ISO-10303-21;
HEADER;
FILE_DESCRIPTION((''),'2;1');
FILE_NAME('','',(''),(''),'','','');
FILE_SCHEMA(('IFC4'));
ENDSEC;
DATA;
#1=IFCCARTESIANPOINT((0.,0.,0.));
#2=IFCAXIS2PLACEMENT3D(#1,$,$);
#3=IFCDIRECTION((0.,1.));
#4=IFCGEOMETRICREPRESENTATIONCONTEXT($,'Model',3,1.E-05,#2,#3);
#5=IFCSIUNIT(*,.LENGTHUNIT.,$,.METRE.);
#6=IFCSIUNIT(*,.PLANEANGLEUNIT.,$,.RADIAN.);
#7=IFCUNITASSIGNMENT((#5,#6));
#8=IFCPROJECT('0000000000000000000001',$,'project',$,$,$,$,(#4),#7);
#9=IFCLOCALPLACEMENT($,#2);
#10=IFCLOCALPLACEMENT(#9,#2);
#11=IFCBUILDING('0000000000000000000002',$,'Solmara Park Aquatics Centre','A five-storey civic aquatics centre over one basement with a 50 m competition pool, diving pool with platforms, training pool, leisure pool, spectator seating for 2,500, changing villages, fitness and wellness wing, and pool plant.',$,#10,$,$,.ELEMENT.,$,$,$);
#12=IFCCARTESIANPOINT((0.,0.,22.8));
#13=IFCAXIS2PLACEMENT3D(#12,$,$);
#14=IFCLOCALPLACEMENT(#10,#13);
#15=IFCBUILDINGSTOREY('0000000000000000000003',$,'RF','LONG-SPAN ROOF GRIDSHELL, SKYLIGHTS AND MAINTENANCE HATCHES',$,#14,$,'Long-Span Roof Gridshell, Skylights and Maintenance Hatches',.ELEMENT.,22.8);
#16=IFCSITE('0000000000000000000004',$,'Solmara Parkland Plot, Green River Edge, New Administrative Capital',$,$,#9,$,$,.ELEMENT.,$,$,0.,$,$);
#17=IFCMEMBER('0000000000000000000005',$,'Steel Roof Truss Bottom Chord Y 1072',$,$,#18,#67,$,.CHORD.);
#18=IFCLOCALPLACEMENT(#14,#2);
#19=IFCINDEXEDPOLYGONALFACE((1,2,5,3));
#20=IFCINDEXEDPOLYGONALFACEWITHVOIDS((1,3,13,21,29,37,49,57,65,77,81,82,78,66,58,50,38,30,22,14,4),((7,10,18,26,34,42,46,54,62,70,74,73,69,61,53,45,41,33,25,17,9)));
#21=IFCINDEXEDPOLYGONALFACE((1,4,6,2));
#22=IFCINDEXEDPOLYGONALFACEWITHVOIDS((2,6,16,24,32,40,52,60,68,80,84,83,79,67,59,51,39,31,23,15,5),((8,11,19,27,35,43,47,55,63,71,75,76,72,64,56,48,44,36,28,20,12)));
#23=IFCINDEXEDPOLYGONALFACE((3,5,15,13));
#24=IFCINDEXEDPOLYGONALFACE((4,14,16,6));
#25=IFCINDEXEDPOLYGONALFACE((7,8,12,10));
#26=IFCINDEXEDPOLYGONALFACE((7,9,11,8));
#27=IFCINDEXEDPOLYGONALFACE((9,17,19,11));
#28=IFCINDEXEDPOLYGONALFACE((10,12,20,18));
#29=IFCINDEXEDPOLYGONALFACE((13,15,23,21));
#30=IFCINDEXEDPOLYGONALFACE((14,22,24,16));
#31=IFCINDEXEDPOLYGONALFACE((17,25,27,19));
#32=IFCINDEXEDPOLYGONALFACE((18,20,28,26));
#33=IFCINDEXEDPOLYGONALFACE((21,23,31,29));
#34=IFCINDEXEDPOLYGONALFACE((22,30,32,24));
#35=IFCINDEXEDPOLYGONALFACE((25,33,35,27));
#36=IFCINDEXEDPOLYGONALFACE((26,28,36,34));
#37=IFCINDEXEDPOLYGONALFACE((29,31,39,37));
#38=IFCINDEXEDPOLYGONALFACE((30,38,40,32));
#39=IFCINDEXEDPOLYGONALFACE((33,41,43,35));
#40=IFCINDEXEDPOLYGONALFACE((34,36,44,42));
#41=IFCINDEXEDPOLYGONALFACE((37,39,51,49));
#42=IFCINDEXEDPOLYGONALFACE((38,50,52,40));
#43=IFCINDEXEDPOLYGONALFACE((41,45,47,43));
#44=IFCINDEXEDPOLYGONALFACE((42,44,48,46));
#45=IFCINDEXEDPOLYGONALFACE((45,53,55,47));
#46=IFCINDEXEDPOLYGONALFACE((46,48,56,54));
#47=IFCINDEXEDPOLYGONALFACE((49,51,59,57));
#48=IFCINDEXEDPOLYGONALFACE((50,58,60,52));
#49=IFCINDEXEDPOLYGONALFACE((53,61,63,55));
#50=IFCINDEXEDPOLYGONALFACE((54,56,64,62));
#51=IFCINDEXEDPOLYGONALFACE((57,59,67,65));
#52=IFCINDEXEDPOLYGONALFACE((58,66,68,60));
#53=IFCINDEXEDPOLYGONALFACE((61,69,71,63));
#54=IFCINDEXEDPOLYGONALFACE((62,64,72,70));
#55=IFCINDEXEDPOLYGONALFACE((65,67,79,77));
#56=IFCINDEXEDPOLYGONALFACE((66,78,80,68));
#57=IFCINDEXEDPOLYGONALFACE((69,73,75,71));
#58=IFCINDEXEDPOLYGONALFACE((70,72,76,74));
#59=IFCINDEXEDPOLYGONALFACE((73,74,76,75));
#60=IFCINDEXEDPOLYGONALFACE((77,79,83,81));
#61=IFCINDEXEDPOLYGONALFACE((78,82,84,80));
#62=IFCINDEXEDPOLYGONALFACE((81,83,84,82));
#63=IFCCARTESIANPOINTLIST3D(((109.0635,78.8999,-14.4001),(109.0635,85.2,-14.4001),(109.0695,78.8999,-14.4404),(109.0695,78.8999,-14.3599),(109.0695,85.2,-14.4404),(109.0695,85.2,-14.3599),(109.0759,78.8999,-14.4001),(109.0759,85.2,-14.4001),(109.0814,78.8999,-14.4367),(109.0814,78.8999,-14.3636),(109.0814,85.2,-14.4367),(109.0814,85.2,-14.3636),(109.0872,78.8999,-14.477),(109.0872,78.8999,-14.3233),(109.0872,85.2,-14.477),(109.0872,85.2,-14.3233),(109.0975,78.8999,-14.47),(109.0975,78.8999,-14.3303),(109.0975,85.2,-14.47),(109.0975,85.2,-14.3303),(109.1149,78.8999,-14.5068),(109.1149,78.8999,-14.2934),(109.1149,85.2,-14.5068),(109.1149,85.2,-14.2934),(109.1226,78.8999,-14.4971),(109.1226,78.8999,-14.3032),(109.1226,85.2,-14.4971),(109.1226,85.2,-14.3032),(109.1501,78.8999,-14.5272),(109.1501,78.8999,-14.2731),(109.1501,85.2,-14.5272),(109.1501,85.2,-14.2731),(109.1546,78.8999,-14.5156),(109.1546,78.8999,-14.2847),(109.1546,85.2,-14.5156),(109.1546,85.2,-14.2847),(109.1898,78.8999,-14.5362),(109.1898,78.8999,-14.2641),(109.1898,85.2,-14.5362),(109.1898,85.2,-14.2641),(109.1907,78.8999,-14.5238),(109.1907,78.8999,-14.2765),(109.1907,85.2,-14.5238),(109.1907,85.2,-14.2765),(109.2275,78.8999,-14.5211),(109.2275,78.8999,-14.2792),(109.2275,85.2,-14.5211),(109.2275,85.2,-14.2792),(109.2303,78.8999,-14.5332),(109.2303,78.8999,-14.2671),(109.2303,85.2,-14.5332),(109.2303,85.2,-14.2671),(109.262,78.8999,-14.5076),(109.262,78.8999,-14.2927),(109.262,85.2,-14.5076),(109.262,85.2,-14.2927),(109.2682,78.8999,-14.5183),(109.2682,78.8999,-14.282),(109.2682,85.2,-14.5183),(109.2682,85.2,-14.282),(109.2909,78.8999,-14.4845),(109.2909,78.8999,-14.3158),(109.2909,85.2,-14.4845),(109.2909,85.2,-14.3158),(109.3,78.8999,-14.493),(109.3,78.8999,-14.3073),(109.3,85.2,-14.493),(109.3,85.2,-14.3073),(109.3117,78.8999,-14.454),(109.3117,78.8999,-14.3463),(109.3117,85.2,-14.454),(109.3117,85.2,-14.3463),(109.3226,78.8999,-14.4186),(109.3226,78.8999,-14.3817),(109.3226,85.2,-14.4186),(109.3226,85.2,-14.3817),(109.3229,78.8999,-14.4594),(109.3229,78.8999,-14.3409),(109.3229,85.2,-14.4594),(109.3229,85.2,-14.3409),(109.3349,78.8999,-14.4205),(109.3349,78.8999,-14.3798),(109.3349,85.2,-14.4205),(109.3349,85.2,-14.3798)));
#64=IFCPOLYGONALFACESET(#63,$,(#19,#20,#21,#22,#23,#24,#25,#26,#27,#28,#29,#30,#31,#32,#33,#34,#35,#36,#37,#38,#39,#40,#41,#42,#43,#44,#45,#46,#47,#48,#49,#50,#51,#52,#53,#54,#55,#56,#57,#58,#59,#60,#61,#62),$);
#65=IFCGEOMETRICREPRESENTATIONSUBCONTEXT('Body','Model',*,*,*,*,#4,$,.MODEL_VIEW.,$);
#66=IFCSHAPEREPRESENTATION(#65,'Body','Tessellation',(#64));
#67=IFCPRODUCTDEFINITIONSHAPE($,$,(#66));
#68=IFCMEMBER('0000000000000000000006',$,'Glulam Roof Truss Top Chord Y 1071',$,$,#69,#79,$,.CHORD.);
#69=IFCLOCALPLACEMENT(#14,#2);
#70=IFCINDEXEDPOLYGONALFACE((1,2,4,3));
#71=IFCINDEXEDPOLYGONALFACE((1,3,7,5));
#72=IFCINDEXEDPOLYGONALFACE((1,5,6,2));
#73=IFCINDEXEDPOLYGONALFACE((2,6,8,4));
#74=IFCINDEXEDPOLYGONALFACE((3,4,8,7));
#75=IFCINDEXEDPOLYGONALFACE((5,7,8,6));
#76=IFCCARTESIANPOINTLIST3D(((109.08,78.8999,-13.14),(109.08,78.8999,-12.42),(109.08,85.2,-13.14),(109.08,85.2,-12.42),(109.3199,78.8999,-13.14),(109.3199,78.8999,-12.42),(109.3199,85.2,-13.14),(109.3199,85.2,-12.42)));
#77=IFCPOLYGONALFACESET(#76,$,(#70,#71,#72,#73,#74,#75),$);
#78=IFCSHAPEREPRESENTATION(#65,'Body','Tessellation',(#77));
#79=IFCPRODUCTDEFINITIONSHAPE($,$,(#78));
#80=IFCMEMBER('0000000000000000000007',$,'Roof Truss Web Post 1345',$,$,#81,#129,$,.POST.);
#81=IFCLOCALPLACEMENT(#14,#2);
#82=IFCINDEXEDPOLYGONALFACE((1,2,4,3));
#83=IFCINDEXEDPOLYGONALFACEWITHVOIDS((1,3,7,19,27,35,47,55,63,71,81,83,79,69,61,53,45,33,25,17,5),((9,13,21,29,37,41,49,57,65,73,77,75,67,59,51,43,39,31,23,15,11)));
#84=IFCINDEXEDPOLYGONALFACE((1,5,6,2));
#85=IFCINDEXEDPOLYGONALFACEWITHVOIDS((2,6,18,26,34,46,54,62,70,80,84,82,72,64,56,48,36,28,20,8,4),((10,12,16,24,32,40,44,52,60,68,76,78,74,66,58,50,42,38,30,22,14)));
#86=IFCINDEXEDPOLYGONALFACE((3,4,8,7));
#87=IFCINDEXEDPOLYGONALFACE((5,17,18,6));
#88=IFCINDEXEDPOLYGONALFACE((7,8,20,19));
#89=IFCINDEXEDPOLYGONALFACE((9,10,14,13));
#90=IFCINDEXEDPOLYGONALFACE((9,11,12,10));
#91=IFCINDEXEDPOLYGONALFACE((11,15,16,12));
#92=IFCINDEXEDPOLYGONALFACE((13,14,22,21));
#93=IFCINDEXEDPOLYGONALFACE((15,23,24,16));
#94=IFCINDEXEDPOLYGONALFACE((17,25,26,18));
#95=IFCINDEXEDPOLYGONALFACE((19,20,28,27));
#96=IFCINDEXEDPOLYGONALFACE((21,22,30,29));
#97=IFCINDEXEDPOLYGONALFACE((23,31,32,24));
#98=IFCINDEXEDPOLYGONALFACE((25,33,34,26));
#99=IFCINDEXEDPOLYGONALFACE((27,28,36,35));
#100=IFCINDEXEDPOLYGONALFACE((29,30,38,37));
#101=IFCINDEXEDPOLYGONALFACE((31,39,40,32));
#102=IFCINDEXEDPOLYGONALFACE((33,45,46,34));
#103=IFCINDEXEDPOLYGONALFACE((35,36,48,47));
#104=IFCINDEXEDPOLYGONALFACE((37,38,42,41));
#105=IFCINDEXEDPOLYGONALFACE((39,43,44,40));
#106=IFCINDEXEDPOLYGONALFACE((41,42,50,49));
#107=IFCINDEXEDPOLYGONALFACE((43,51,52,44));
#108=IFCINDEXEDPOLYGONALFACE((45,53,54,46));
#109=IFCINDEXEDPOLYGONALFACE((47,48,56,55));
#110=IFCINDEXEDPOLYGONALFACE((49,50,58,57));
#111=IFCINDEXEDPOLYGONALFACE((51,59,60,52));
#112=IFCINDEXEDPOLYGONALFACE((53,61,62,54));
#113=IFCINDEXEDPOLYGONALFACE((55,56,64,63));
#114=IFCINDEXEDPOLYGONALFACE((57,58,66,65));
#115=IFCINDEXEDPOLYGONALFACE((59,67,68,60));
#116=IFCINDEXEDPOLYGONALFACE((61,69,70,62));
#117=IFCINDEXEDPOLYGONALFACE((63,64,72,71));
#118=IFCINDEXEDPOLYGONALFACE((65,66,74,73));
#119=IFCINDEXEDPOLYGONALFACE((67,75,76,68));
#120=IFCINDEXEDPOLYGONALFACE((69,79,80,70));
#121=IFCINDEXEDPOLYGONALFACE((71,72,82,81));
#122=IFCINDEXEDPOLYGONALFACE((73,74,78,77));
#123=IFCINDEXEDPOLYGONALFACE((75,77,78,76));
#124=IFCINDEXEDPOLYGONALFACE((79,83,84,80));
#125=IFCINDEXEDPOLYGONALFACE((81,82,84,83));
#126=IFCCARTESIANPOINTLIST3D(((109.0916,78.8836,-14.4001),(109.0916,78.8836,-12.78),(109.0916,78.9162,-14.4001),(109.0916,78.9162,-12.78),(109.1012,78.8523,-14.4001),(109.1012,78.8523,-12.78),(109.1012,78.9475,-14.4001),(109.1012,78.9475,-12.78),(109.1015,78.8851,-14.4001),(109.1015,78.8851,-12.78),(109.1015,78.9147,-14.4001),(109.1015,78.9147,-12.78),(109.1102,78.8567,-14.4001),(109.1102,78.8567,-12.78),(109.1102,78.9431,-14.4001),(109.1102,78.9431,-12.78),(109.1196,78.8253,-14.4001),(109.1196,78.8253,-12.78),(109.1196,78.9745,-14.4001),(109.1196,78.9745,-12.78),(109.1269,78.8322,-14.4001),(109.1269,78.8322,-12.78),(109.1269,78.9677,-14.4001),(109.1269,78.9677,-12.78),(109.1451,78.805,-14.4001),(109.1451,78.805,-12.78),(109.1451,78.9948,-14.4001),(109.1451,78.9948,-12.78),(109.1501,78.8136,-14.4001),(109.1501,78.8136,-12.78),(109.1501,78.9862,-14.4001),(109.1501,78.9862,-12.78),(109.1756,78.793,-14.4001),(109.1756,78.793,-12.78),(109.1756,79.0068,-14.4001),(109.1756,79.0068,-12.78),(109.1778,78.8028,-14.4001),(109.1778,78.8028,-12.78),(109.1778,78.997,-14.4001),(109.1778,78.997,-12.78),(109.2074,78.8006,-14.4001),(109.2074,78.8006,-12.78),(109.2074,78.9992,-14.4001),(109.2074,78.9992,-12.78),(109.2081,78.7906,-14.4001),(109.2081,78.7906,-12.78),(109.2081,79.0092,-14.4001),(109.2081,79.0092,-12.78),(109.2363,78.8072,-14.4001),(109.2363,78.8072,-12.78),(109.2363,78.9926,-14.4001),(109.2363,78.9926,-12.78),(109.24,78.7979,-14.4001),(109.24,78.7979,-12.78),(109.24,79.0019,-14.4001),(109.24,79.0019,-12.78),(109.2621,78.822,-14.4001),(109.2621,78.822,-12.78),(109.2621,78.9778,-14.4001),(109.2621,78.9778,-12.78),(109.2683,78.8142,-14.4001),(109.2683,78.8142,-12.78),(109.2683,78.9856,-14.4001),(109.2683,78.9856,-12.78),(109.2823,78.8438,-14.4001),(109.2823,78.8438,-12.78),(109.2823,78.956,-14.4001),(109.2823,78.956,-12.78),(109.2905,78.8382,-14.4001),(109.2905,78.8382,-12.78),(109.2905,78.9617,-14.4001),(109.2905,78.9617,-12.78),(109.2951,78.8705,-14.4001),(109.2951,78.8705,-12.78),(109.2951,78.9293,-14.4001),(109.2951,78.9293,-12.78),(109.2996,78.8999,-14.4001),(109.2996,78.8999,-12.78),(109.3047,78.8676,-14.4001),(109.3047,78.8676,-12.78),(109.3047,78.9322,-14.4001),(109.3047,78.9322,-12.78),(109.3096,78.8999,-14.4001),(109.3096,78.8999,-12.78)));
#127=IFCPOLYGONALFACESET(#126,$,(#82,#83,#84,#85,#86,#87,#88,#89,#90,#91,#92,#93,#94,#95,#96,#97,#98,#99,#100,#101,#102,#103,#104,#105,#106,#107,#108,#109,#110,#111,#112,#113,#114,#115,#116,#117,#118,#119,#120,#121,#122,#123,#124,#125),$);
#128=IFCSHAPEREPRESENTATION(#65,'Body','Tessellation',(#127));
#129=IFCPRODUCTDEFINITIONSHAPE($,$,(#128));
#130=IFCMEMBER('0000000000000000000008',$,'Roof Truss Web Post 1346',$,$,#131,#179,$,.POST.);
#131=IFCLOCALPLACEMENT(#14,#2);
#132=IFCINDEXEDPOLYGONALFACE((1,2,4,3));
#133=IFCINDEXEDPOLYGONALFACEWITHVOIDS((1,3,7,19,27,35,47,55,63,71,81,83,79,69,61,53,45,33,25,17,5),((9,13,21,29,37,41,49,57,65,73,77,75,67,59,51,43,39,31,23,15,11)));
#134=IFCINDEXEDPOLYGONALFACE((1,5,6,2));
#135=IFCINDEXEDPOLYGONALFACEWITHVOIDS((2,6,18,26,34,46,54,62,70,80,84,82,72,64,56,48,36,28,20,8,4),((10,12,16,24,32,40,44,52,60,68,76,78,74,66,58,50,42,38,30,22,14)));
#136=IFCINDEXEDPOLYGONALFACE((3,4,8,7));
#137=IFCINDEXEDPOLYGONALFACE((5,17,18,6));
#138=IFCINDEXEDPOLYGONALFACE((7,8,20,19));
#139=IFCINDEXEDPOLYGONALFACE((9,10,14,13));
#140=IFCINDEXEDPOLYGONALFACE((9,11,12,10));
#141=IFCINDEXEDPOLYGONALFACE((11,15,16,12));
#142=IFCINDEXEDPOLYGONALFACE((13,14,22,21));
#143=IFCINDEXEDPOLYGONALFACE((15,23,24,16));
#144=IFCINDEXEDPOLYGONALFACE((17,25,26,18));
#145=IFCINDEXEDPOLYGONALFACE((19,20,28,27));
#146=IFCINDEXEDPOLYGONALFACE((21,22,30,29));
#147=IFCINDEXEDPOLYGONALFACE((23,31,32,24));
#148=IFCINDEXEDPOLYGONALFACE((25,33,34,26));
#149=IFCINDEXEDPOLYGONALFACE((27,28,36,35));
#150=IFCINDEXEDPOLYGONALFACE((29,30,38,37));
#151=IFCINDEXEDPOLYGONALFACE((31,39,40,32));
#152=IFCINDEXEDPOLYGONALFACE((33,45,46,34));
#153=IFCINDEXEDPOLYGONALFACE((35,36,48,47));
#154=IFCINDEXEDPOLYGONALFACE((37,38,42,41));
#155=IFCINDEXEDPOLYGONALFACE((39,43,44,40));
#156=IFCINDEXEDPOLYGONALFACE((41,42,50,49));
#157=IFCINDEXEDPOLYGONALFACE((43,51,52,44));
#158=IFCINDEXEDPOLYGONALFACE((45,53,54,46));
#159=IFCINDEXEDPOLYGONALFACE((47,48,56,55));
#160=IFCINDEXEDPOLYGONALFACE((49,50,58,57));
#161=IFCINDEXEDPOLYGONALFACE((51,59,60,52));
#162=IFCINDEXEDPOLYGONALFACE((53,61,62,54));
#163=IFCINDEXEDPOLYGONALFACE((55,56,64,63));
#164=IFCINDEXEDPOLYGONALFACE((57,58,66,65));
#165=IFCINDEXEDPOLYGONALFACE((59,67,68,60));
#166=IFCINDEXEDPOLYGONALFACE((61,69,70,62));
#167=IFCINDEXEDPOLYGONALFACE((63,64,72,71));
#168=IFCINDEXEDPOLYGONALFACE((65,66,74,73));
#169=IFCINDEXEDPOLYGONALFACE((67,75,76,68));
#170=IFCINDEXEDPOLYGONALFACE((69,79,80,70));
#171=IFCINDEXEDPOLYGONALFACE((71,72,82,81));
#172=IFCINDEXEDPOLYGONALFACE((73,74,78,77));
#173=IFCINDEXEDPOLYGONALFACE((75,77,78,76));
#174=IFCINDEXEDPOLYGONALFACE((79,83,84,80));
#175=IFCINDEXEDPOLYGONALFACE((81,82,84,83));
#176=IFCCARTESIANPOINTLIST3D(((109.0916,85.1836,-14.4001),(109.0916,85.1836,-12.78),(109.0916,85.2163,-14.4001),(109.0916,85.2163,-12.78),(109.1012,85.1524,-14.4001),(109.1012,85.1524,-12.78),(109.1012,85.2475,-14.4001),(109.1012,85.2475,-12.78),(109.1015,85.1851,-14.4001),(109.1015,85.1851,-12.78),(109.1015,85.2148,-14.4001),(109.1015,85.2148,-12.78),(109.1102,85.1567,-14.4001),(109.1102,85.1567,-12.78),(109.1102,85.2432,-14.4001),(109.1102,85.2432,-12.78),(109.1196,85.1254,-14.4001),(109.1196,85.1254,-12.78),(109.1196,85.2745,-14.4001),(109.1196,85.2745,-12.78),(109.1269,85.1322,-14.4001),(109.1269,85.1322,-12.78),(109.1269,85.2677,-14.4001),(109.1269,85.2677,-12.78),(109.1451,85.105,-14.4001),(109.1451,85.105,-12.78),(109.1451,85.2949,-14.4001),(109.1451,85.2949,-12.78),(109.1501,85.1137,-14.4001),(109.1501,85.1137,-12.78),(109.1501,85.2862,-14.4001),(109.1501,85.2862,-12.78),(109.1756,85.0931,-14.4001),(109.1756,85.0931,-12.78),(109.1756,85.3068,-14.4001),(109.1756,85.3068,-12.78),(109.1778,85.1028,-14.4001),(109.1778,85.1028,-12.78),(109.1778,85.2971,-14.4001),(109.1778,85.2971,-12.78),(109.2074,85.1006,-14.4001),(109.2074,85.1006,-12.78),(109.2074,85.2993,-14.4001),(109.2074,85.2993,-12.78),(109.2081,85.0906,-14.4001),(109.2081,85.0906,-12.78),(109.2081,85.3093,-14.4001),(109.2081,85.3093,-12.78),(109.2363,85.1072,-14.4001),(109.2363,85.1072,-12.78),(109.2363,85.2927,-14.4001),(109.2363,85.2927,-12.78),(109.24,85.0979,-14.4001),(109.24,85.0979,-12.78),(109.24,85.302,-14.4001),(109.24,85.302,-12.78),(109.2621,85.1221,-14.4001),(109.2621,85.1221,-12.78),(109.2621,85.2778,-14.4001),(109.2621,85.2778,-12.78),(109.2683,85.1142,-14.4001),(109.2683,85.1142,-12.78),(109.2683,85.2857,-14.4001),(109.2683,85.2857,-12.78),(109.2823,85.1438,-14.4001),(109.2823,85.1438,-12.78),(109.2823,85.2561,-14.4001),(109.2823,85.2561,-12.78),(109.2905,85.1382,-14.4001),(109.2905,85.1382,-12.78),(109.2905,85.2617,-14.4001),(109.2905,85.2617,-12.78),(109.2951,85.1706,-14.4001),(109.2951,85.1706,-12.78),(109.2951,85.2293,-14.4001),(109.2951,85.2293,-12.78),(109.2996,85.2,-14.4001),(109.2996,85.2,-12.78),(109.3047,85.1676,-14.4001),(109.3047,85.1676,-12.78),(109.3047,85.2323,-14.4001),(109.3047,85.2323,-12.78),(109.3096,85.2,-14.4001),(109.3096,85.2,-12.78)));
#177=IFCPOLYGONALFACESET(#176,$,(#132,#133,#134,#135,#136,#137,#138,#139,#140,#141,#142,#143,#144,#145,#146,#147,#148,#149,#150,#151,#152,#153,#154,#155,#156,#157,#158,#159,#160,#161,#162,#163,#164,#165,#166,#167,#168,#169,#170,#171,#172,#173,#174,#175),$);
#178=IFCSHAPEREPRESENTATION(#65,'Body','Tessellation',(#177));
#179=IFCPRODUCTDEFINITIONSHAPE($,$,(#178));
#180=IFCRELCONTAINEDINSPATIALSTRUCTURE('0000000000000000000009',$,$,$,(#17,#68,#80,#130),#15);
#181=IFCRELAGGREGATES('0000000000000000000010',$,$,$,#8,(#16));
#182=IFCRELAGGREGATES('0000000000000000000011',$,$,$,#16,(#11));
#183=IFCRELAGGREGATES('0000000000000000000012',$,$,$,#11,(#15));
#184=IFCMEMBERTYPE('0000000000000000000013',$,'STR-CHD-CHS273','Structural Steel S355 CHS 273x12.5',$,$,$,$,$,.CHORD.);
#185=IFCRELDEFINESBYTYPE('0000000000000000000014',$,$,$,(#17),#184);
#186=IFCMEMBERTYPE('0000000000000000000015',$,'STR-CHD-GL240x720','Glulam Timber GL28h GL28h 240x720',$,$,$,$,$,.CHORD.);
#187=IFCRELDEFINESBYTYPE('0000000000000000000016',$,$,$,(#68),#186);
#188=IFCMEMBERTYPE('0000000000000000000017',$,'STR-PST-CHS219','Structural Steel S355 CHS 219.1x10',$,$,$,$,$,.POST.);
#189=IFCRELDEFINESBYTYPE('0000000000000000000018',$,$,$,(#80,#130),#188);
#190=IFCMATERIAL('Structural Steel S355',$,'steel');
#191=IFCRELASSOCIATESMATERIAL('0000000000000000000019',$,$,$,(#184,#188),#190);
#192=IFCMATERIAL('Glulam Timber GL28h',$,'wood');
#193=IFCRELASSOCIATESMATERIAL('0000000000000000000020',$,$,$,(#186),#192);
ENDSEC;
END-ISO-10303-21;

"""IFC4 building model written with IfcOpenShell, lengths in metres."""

from ifc_helpers import new_model, si_unit, direction, frame, origin, origin_2d, place, context, subcontext, project, spatial, rectangle, hollow_circle, extrude, material, material_profile, profile_set, type_object, element, save


model = new_model("IFC4")

# Units and contexts
model_context = context("Model", 3, precision=1e-05, world=origin(), true_north=direction((0.0, 1.0)))
body_context = subcontext(model_context, "Body", "Model", "MODEL_VIEW")
ifc_project = project(units=[si_unit("LENGTHUNIT", "METRE"), si_unit("PLANEANGLEUNIT", "RADIAN")], contexts=[model_context])

# Site, building, storey
site_placement = place(None, origin())
site = spatial("IfcSite", under=ifc_project, at=site_placement, Name="Solmara Parkland Plot, Green River Edge, New Administrative Capital", CompositionType="ELEMENT", RefElevation=0.0)
building_placement = place(site_placement, origin())
building = spatial("IfcBuilding", under=site, at=building_placement, Name="Solmara Park Aquatics Centre", Description="A five-storey civic aquatics centre over one basement with a 50 m competition pool, diving pool with platforms, training pool, leisure pool, spectator seating for 2,500, changing villages, fitness and wellness wing, and pool plant.", CompositionType="ELEMENT")
storey_placement = place(building_placement, frame((0.0, 0.0, 22.8)))
storey = spatial("IfcBuildingStorey", under=building, at=storey_placement, Name="RF", Description="LONG-SPAN ROOF GRIDSHELL, SKYLIGHTS AND MAINTENANCE HATCHES", LongName="Long-Span Roof Gridshell, Skylights and Maintenance Hatches", CompositionType="ELEMENT", Elevation=22.8)

# Shared definitions
ifc_material_1 = material(Name="Glulam Timber GL28h", Category="wood")
ifc_material_2 = material(Name="Structural Steel S355", Category="steel")

# Members
ifc_material_profile_1 = material_profile(ifc_material_2, hollow_circle(Radius=0.1365, WallThickness=0.0125, at=origin_2d()), Name="CHS 273x12.5")
ifc_profile_set_1 = profile_set([ifc_material_profile_1], Name="Structural Steel S355")
member_type_1 = type_object("IfcMemberType", Name="STR-CHD-CHS273", Description="Structural Steel S355 CHS 273x12.5", PredefinedType="CHORD", material=ifc_profile_set_1)
member_1_placement = place(storey_placement, frame((109.2, 78.8999, -14.4001), z_axis=(0.0, 1.0, 0.0), x_axis=(-1.0, 0.0, 0.0)))
element("IfcMember", 1, at=member_1_placement, inside=storey, type_object=member_type_1, Name="Steel Roof Truss Bottom Chord Y 1072", PredefinedType="CHORD", context=body_context, shape_type="SweptSolid", body=[
    extrude(hollow_circle(Radius=0.1365, WallThickness=0.0125, at=origin_2d()), origin(), (0.0, 0.0, 1.0), 6.3),
])
ifc_material_profile_2 = material_profile(ifc_material_1, rectangle(XDim=0.24, YDim=0.72, at=origin_2d()), Name="GL28h 240x720")
ifc_profile_set_2 = profile_set([ifc_material_profile_2], Name="Glulam Timber GL28h")
member_type_2 = type_object("IfcMemberType", Name="STR-CHD-GL240x720", Description="Glulam Timber GL28h GL28h 240x720", PredefinedType="CHORD", material=ifc_profile_set_2)
member_2_placement = place(storey_placement, frame((109.2, 78.8999, -12.78), z_axis=(0.0, 1.0, 0.0), x_axis=(-1.0, 0.0, 0.0)))
element("IfcMember", 2, at=member_2_placement, inside=storey, type_object=member_type_2, Name="Glulam Roof Truss Top Chord Y 1071", PredefinedType="CHORD", context=body_context, shape_type="SweptSolid", body=[
    extrude(rectangle(XDim=0.24, YDim=0.72, at=origin_2d()), origin(), (0.0, 0.0, 1.0), 6.3),
])
ifc_material_profile_3 = material_profile(ifc_material_2, hollow_circle(Radius=0.1096, WallThickness=0.01, at=origin_2d()), Name="CHS 219.1x10")
ifc_profile_set_3 = profile_set([ifc_material_profile_3], Name="Structural Steel S355")
member_type_3 = type_object("IfcMemberType", Name="STR-PST-CHS219", Description="Structural Steel S355 CHS 219.1x10", PredefinedType="POST", material=ifc_profile_set_3)
for number, where, z_axis, x_axis, name in (
    (3, (109.2, 78.8999, -14.4001), (0.0, 0.0, 1.0), (1.0, 0.0, 0.0), "Roof Truss Web Post 1345"),
    (4, (109.2, 85.2, -14.4001), (0.0, 0.0, 1.0), (1.0, 0.0, 0.0), "Roof Truss Web Post 1346"),
):
    element("IfcMember", number, at=place(storey_placement, frame(where, z_axis=z_axis, x_axis=x_axis)), inside=storey, type_object=member_type_3, Name=name, PredefinedType="POST", context=body_context, shape_type="SweptSolid", body=[
        extrude(hollow_circle(Radius=0.1096, WallThickness=0.01, at=origin_2d()), origin(), (0.0, 0.0, 1.0), 1.6201),
    ])

save(model, "model.ifc")
